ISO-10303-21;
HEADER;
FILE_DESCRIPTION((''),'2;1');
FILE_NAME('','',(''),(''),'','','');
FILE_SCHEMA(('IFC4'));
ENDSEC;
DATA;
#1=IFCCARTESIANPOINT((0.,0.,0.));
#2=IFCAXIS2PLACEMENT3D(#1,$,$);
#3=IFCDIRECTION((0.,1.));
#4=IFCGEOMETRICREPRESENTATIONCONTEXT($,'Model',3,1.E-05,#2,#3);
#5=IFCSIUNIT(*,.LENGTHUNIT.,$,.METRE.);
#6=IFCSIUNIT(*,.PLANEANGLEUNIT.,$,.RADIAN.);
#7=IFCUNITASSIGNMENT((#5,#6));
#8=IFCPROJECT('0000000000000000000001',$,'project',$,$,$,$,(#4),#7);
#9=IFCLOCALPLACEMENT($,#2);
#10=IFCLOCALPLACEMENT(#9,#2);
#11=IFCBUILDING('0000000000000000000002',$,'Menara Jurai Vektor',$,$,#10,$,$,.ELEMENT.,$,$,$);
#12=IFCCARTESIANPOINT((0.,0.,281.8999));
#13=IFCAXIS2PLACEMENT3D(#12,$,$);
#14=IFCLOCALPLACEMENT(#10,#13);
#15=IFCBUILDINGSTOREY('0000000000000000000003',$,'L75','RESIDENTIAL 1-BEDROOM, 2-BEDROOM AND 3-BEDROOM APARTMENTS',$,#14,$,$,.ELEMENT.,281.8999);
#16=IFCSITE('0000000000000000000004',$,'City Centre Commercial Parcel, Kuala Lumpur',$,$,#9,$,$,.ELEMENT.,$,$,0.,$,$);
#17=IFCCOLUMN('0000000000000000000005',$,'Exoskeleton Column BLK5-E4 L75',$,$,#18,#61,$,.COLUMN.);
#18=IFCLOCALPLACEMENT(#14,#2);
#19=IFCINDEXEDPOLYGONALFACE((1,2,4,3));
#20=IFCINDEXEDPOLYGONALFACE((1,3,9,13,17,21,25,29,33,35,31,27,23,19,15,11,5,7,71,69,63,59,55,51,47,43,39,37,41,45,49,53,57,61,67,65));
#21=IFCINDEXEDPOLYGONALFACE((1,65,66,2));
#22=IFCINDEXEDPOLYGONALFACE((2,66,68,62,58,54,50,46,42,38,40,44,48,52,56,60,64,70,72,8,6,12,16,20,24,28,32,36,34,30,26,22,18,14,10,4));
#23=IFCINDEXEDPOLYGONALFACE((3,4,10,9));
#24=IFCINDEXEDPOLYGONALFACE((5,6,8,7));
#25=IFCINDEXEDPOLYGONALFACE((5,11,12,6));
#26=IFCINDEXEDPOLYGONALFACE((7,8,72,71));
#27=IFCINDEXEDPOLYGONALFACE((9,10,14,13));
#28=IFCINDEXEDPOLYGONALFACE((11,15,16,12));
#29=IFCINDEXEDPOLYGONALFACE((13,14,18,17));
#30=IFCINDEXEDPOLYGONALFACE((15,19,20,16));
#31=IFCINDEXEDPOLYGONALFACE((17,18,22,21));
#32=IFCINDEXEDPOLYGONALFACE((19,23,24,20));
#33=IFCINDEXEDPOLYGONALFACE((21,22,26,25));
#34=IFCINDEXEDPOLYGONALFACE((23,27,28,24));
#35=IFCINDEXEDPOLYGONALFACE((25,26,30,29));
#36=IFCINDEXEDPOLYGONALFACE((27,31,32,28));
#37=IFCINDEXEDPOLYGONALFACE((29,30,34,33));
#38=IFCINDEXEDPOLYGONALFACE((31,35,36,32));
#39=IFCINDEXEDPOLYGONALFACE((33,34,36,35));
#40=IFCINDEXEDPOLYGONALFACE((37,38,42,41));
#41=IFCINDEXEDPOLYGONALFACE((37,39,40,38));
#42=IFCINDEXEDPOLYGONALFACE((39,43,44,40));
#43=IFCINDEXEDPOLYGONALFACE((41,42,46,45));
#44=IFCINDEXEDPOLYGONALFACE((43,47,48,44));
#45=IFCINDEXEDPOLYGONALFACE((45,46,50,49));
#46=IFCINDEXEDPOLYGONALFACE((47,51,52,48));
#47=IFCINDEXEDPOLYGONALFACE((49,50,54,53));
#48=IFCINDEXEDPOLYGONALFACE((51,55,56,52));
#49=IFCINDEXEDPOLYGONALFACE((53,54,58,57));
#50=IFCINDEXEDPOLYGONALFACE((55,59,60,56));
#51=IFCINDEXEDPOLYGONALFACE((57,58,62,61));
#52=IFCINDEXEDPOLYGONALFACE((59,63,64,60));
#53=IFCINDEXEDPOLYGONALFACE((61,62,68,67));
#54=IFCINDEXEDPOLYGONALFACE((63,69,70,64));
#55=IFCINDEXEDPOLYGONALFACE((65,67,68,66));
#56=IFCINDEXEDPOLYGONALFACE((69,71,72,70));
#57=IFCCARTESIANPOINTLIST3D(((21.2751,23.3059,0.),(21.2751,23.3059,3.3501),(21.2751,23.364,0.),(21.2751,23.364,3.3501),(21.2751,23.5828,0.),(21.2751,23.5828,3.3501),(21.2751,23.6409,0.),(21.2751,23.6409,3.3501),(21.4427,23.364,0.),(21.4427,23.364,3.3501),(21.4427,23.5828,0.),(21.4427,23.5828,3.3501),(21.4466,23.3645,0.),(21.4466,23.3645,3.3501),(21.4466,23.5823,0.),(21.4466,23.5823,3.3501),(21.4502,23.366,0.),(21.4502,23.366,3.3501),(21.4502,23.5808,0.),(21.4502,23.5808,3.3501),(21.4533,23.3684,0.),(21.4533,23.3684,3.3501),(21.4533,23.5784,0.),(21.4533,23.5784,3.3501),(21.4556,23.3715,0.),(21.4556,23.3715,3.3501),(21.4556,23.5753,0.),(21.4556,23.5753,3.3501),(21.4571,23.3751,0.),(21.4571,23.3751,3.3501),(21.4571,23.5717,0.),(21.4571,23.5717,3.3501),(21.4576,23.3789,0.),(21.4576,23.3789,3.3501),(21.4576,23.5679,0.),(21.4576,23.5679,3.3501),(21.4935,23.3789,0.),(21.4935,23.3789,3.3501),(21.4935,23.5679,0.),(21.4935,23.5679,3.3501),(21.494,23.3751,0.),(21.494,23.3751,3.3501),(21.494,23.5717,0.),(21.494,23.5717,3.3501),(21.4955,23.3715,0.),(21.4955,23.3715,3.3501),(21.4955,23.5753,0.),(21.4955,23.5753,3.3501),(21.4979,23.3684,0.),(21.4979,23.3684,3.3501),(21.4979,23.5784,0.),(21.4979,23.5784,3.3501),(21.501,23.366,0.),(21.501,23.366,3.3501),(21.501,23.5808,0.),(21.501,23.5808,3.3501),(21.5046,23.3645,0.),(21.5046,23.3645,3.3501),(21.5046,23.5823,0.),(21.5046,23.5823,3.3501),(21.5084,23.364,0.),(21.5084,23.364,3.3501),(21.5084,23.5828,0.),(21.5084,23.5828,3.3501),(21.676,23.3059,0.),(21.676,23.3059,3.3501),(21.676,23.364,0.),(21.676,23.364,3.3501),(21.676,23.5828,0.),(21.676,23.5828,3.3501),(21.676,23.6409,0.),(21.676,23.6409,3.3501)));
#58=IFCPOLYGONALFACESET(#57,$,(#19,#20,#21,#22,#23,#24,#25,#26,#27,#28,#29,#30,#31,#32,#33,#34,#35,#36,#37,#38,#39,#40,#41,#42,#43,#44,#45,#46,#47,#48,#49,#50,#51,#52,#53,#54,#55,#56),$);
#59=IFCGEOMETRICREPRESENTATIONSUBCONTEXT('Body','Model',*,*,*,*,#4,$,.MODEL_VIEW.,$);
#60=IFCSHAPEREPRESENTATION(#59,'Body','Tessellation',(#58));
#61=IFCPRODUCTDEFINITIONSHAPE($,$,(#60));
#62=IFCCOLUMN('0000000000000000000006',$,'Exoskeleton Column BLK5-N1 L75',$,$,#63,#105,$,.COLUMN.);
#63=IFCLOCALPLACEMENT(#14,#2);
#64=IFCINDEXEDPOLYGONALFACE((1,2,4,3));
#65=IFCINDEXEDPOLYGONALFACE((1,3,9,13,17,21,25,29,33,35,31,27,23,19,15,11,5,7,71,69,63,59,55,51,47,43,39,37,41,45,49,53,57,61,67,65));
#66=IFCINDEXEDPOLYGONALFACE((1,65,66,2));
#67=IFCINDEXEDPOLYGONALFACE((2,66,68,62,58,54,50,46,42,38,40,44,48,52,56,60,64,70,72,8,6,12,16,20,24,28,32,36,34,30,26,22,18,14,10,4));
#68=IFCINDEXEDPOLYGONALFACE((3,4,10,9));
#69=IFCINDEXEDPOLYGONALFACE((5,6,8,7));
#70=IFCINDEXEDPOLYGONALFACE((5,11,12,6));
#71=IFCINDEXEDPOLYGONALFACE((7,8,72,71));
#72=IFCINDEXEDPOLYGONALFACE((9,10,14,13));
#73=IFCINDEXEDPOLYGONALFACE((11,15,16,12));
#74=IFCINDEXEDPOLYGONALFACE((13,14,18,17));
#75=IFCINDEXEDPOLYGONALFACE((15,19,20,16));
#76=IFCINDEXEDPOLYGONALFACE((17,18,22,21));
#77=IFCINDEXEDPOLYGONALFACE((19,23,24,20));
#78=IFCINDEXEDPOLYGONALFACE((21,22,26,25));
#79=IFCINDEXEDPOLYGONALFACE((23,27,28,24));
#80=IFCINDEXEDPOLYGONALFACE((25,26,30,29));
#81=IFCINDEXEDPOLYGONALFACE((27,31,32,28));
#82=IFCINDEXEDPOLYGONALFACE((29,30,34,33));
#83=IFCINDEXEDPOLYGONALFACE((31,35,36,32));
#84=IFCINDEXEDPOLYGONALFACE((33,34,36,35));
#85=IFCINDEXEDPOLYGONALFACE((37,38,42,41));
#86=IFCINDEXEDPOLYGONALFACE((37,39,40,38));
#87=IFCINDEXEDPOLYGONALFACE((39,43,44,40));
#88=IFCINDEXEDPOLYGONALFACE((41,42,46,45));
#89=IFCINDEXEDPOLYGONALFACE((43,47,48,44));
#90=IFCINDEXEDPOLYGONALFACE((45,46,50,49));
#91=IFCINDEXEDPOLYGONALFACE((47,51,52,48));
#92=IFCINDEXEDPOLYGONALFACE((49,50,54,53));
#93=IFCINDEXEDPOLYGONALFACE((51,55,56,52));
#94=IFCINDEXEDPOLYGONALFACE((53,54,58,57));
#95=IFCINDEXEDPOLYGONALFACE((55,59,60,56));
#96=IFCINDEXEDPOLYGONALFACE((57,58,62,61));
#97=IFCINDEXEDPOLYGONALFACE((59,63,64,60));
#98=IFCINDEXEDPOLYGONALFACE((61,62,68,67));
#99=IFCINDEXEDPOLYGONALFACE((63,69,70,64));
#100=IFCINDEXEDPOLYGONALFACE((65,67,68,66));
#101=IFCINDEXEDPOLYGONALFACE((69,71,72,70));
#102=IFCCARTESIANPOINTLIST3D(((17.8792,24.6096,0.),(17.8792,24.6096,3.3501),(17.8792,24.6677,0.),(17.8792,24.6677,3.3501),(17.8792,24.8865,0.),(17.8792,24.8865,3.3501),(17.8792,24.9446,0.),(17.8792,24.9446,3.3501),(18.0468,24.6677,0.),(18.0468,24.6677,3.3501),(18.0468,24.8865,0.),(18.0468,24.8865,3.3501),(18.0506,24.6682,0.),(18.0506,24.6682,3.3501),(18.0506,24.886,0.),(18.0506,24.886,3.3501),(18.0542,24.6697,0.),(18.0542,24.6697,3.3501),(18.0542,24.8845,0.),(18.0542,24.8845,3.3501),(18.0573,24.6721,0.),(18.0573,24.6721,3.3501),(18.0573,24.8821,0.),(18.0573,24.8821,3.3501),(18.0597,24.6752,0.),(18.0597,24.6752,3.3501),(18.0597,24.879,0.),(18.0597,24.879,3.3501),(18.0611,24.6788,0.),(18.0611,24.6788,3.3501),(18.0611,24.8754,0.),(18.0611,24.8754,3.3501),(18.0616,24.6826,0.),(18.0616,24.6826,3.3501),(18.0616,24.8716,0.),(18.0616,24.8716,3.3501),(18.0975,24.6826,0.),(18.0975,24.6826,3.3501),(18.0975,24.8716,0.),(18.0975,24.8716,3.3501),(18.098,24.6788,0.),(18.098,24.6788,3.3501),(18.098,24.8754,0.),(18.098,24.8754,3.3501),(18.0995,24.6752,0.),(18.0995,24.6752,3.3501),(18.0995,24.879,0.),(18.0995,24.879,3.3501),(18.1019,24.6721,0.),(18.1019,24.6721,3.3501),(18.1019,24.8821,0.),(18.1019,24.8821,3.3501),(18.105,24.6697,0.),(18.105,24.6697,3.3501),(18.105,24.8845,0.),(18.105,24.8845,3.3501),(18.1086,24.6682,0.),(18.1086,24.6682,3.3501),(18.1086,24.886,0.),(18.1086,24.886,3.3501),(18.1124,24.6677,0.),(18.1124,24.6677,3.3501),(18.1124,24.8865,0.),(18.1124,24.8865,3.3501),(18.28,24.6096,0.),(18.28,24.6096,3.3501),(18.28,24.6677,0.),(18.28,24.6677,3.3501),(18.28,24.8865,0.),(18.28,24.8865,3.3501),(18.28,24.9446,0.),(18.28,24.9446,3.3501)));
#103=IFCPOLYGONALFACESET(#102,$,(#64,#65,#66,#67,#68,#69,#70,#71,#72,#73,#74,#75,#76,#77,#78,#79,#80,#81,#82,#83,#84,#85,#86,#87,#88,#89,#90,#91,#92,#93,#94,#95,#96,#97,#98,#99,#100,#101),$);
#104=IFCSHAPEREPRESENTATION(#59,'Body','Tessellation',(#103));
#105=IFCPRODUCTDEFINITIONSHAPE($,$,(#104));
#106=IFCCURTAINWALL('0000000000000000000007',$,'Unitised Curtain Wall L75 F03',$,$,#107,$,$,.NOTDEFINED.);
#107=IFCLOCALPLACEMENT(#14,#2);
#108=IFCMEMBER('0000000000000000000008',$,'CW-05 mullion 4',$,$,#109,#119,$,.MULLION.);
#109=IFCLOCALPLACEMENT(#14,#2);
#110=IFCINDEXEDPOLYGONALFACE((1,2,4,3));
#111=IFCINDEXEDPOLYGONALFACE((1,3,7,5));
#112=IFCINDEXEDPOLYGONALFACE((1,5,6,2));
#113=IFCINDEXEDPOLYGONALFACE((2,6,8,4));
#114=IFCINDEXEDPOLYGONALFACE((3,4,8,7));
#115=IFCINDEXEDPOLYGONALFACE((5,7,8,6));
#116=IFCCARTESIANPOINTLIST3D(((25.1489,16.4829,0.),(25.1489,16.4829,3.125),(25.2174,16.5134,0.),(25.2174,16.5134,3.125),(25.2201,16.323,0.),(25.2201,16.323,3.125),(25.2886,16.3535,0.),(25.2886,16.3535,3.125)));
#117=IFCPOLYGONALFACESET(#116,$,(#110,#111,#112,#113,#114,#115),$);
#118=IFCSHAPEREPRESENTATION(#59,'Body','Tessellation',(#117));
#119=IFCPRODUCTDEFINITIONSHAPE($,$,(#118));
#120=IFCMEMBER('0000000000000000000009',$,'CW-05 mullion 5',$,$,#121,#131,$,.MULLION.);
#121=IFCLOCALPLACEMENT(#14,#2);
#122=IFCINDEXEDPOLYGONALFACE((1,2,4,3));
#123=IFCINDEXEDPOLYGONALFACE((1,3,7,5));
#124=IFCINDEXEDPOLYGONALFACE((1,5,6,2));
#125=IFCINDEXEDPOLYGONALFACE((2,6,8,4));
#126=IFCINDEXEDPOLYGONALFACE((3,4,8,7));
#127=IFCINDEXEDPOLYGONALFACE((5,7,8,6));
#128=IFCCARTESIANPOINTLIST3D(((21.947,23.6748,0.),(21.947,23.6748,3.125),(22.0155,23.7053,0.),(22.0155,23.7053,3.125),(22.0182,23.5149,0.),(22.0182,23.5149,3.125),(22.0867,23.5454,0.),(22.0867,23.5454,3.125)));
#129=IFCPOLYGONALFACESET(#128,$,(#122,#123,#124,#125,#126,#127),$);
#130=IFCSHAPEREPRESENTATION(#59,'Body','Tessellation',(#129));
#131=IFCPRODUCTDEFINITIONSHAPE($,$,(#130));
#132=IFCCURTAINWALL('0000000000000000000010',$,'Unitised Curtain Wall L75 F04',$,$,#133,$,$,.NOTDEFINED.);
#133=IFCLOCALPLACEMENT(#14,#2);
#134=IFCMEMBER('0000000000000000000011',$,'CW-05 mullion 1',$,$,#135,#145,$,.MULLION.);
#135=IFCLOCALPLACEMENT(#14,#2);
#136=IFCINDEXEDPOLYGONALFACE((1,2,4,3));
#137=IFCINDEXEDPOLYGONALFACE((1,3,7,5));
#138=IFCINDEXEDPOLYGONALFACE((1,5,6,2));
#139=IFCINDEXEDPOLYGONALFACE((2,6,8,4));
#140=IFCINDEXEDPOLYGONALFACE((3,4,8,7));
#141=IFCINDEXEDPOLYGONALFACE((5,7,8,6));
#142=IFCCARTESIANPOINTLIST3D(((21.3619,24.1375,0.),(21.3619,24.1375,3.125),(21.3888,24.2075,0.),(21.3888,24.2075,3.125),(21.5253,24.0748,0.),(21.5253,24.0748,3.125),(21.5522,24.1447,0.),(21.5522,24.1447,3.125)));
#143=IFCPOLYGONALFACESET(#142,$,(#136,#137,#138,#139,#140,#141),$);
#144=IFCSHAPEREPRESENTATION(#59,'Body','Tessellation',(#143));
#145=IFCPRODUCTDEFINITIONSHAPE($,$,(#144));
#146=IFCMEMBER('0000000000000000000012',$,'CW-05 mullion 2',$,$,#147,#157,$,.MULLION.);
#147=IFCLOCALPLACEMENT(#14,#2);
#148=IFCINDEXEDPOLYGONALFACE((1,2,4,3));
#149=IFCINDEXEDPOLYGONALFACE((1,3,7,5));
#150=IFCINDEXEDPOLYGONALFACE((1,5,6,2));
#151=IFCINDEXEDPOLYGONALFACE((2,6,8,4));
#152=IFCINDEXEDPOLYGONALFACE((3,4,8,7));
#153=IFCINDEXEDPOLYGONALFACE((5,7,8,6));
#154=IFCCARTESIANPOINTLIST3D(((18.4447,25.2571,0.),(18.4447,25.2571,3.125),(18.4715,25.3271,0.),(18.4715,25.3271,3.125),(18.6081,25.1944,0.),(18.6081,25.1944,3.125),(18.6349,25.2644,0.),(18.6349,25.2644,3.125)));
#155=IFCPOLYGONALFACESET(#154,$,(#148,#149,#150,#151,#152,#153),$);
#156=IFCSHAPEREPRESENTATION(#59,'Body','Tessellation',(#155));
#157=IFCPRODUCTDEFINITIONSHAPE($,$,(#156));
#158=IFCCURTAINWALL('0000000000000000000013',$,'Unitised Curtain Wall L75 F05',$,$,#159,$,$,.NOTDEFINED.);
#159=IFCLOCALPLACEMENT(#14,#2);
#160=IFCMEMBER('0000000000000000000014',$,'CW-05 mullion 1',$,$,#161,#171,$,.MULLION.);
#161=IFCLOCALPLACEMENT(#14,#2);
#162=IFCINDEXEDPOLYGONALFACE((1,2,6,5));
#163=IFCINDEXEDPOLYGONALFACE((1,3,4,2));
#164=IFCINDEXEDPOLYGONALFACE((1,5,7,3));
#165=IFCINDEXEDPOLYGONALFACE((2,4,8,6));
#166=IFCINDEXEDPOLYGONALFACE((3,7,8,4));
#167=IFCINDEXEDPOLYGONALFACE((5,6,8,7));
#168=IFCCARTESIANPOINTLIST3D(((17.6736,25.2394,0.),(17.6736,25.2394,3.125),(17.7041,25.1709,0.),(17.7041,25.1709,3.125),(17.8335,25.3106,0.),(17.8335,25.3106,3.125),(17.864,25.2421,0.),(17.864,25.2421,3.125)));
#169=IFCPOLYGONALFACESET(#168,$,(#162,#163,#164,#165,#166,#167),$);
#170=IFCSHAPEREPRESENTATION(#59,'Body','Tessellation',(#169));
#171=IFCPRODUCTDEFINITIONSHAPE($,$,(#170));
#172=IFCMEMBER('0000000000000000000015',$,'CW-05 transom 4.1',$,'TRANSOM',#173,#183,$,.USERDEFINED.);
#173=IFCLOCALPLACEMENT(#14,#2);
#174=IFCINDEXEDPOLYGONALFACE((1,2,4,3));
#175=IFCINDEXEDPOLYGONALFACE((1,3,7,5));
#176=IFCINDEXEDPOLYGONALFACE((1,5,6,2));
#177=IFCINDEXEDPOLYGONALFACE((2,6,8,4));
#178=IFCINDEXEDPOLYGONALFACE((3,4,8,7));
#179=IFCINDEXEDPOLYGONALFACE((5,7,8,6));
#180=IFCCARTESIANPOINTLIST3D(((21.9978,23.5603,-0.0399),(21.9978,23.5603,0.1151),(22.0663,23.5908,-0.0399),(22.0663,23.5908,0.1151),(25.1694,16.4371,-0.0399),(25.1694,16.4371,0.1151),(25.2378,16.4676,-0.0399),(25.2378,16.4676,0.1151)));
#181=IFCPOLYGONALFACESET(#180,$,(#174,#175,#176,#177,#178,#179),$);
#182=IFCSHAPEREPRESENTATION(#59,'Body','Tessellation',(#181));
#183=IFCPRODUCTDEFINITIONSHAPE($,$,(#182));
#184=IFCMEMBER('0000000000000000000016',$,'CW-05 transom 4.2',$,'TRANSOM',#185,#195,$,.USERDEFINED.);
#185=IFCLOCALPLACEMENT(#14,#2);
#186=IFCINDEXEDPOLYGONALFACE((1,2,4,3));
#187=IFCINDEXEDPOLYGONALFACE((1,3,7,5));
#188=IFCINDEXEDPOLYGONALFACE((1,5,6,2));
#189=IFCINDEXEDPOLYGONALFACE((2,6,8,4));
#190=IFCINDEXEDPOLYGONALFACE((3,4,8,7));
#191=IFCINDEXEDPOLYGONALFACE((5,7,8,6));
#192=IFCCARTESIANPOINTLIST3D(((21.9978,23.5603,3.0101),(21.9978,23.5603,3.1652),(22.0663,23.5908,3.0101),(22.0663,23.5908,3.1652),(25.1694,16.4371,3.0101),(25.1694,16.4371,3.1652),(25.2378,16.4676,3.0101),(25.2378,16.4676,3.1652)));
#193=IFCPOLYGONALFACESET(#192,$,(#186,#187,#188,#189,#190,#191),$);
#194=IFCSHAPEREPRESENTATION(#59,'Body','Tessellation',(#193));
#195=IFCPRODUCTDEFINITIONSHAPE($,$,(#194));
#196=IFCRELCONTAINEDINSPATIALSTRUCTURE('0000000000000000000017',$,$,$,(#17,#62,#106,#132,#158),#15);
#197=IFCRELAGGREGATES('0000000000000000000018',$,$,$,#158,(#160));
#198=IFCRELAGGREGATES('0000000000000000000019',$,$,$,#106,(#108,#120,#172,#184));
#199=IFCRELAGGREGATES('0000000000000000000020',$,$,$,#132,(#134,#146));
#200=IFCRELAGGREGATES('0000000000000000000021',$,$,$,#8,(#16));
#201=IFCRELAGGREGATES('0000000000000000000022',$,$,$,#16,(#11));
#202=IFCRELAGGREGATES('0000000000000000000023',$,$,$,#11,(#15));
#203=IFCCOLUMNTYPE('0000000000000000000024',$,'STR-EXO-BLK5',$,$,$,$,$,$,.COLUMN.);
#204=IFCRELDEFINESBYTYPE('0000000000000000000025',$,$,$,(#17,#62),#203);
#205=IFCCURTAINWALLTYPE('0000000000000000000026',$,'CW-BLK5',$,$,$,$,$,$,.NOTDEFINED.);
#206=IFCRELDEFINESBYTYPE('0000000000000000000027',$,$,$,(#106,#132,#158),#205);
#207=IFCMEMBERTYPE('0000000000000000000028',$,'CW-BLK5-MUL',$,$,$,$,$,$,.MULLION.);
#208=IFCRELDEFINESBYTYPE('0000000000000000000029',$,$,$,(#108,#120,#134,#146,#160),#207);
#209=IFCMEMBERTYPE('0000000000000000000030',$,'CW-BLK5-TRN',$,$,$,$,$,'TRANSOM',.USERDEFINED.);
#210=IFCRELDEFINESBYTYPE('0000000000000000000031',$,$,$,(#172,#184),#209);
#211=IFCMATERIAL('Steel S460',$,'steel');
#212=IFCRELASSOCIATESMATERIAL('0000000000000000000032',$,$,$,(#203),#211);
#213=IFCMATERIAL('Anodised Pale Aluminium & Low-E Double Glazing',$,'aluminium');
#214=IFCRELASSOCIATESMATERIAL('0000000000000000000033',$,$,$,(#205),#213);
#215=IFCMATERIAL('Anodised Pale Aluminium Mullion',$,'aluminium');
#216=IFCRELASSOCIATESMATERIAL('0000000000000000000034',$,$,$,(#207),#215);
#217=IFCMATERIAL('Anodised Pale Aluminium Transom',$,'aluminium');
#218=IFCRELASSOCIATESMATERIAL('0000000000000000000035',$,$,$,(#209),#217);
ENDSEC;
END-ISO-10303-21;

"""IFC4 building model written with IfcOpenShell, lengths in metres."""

from ifc_helpers import new_model, si_unit, direction, frame, origin, origin_2d, place, context, subcontext, project, spatial, rectangle, i_section, extrude, material, material_profile, profile_set, type_object, element, aggregate, save


model = new_model("IFC4")

# Units and contexts
model_context = context("Model", 3, precision=1e-05, world=origin(), true_north=direction((0.0, 1.0)))
body_context = subcontext(model_context, "Body", "Model", "MODEL_VIEW")
ifc_project = project(units=[si_unit("LENGTHUNIT", "METRE"), si_unit("PLANEANGLEUNIT", "RADIAN")], contexts=[model_context])

# Site, building, storey
site_placement = place(None, origin())
site = spatial("IfcSite", under=ifc_project, at=site_placement, Name="City Centre Commercial Parcel, Kuala Lumpur", CompositionType="ELEMENT", RefElevation=0.0)
building_placement = place(site_placement, origin())
building = spatial("IfcBuilding", under=site, at=building_placement, Name="Menara Jurai Vektor", CompositionType="ELEMENT")
storey_placement = place(building_placement, frame((0.0, 0.0, 281.8999)))
storey = spatial("IfcBuildingStorey", under=building, at=storey_placement, Name="L75", Description="RESIDENTIAL 1-BEDROOM, 2-BEDROOM AND 3-BEDROOM APARTMENTS", CompositionType="ELEMENT", Elevation=281.8999)

# Columns
ifc_material_1 = material(Name="Steel S460", Category="steel")
ifc_material_profile_1 = material_profile(ifc_material_1, i_section(OverallWidth=0.4009, OverallDepth=0.335, WebThickness=0.0359, FlangeThickness=0.0581, FilletRadius=0.0149, at=origin_2d()), Name="HD 400x463")
ifc_profile_set_1 = profile_set([ifc_material_profile_1], Name="Steel S460")
column_type = type_object("IfcColumnType", Name="STR-EXO-BLK5", PredefinedType="COLUMN", material=ifc_profile_set_1)
for number, where, z_axis, x_axis, name in (
    (1, (21.4756, 23.4734, 0.0), (0.0, 0.0, 1.0), (1.0, 0.0, 0.0), "Exoskeleton Column BLK5-E4 L75"),
    (2, (18.0796, 24.7771, 0.0), (0.0, 0.0, 1.0), (1.0, 0.0, 0.0), "Exoskeleton Column BLK5-N1 L75"),
):
    element("IfcColumn", number, at=place(storey_placement, frame(where, z_axis=z_axis, x_axis=x_axis)), inside=storey, type_object=column_type, Name=name, PredefinedType="COLUMN", context=body_context, shape_type="SweptSolid", body=[
        extrude(i_section(OverallWidth=0.4009, OverallDepth=0.335, WebThickness=0.0359, FlangeThickness=0.0581, FilletRadius=0.0149, at=origin_2d()), origin(), (0.0, 0.0, 1.0), 3.3501),
    ])

# Curtain walls, members
ifc_material_2 = material(Name="Anodised Pale Aluminium & Low-E Double Glazing", Category="aluminium")
curtain_wall_type = type_object("IfcCurtainWallType", Name="CW-BLK5", PredefinedType="NOTDEFINED", material=ifc_material_2)
curtain_wall_1_placement = place(storey_placement, origin())
curtain_wall_1 = element("IfcCurtainWall", 3, at=curtain_wall_1_placement, inside=storey, type_object=curtain_wall_type, Name="Unitised Curtain Wall L75 F03", PredefinedType="NOTDEFINED")
ifc_material_3 = material(Name="Anodised Pale Aluminium Mullion", Category="aluminium")
ifc_material_profile_2 = material_profile(ifc_material_3, rectangle(XDim=0.075, YDim=0.175, at=origin_2d()), Name="ALU MUL 75x175")
ifc_profile_set_2 = profile_set([ifc_material_profile_2], Name="Anodised Pale Aluminium Mullion")
member_type_1 = type_object("IfcMemberType", Name="CW-BLK5-MUL", PredefinedType="MULLION", material=ifc_profile_set_2)
member_1_placement = place(storey_placement, frame((25.2188, 16.4182, 0.0), z_axis=(0.0, 0.0, 1.0), x_axis=(-0.913546, -0.406735, 0.0)))
member_1 = element("IfcMember", 4, at=member_1_placement, type_object=member_type_1, Name="CW-05 mullion 4", PredefinedType="MULLION", context=body_context, shape_type="SweptSolid", body=[
    extrude(rectangle(XDim=0.075, YDim=0.175, at=origin_2d()), origin(), (0.0, 0.0, 1.0), 3.125),
])
member_2_placement = place(storey_placement, frame((22.0168, 23.6101, 0.0), z_axis=(0.0, 0.0, 1.0), x_axis=(-0.913546, -0.406735, 0.0)))
member_2 = element("IfcMember", 5, at=member_2_placement, type_object=member_type_1, Name="CW-05 mullion 5", PredefinedType="MULLION", context=body_context, shape_type="SweptSolid", body=[
    extrude(rectangle(XDim=0.075, YDim=0.175, at=origin_2d()), origin(), (0.0, 0.0, 1.0), 3.125),
])
curtain_wall_2_placement = place(storey_placement, origin())
curtain_wall_2 = element("IfcCurtainWall", 6, at=curtain_wall_2_placement, inside=storey, type_object=curtain_wall_type, Name="Unitised Curtain Wall L75 F04", PredefinedType="NOTDEFINED")
member_3_placement = place(storey_placement, frame((21.457, 24.1411, 0.0), z_axis=(0.0, 0.0, 1.0), x_axis=(-0.358374, -0.933578, 0.0)))
member_3 = element("IfcMember", 7, at=member_3_placement, type_object=member_type_1, Name="CW-05 mullion 1", PredefinedType="MULLION", context=body_context, shape_type="SweptSolid", body=[
    extrude(rectangle(XDim=0.075, YDim=0.175, at=origin_2d()), origin(), (0.0, 0.0, 1.0), 3.125),
])
member_4_placement = place(storey_placement, frame((18.5398, 25.2607, 0.0), z_axis=(0.0, 0.0, 1.0), x_axis=(-0.358374, -0.933578, 0.0)))
member_4 = element("IfcMember", 8, at=member_4_placement, type_object=member_type_1, Name="CW-05 mullion 2", PredefinedType="MULLION", context=body_context, shape_type="SweptSolid", body=[
    extrude(rectangle(XDim=0.075, YDim=0.175, at=origin_2d()), origin(), (0.0, 0.0, 1.0), 3.125),
])

# Curtain wall, member
curtain_wall_3_placement = place(storey_placement, origin())
curtain_wall_3 = element("IfcCurtainWall", 9, at=curtain_wall_3_placement, inside=storey, type_object=curtain_wall_type, Name="Unitised Curtain Wall L75 F05", PredefinedType="NOTDEFINED")
member_5_placement = place(storey_placement, frame((17.7688, 25.2407, 0.0), z_axis=(0.0, 0.0, 1.0), x_axis=(0.406735, -0.913546, 0.0)))
member_5 = element("IfcMember", 10, at=member_5_placement, type_object=member_type_1, Name="CW-05 mullion 1", PredefinedType="MULLION", context=body_context, shape_type="SweptSolid", body=[
    extrude(rectangle(XDim=0.075, YDim=0.175, at=origin_2d()), origin(), (0.0, 0.0, 1.0), 3.125),
])

# Members
ifc_material_4 = material(Name="Anodised Pale Aluminium Transom", Category="aluminium")
ifc_material_profile_3 = material_profile(ifc_material_4, rectangle(XDim=0.075, YDim=0.155, at=origin_2d()), Name="ALU TRN 75x155")
ifc_profile_set_3 = profile_set([ifc_material_profile_3], Name="Anodised Pale Aluminium Transom")
member_type_2 = type_object("IfcMemberType", Name="CW-BLK5-TRN", ElementType="TRANSOM", PredefinedType="USERDEFINED", material=ifc_profile_set_3)
member_6_placement = place(storey_placement, frame((25.2036, 16.4524, 0.0376), z_axis=(-0.406751, 0.913539, 0.0), x_axis=(-0.913539, -0.406751, 0.0)))
member_6 = element("IfcMember", 11, at=member_6_placement, type_object=member_type_2, Name="CW-05 transom 4.1", ObjectType="TRANSOM", PredefinedType="USERDEFINED", context=body_context, shape_type="SweptSolid", body=[
    extrude(rectangle(XDim=0.075, YDim=0.155, at=origin_2d()), origin(), (0.0, 0.0, 1.0), 7.7974),
])
member_7_placement = place(storey_placement, frame((25.2036, 16.4524, 3.0876), z_axis=(-0.406751, 0.913539, 0.0), x_axis=(-0.913539, -0.406751, 0.0)))
member_7 = element("IfcMember", 12, at=member_7_placement, type_object=member_type_2, Name="CW-05 transom 4.2", ObjectType="TRANSOM", PredefinedType="USERDEFINED", context=body_context, shape_type="SweptSolid", body=[
    extrude(rectangle(XDim=0.075, YDim=0.155, at=origin_2d()), origin(), (0.0, 0.0, 1.0), 7.7974),
])
aggregate(curtain_wall_3, [member_5])

aggregate(curtain_wall_1, [member_1, member_2, member_6, member_7])
aggregate(curtain_wall_2, [member_3, member_4])

save(model, "model.ifc")
